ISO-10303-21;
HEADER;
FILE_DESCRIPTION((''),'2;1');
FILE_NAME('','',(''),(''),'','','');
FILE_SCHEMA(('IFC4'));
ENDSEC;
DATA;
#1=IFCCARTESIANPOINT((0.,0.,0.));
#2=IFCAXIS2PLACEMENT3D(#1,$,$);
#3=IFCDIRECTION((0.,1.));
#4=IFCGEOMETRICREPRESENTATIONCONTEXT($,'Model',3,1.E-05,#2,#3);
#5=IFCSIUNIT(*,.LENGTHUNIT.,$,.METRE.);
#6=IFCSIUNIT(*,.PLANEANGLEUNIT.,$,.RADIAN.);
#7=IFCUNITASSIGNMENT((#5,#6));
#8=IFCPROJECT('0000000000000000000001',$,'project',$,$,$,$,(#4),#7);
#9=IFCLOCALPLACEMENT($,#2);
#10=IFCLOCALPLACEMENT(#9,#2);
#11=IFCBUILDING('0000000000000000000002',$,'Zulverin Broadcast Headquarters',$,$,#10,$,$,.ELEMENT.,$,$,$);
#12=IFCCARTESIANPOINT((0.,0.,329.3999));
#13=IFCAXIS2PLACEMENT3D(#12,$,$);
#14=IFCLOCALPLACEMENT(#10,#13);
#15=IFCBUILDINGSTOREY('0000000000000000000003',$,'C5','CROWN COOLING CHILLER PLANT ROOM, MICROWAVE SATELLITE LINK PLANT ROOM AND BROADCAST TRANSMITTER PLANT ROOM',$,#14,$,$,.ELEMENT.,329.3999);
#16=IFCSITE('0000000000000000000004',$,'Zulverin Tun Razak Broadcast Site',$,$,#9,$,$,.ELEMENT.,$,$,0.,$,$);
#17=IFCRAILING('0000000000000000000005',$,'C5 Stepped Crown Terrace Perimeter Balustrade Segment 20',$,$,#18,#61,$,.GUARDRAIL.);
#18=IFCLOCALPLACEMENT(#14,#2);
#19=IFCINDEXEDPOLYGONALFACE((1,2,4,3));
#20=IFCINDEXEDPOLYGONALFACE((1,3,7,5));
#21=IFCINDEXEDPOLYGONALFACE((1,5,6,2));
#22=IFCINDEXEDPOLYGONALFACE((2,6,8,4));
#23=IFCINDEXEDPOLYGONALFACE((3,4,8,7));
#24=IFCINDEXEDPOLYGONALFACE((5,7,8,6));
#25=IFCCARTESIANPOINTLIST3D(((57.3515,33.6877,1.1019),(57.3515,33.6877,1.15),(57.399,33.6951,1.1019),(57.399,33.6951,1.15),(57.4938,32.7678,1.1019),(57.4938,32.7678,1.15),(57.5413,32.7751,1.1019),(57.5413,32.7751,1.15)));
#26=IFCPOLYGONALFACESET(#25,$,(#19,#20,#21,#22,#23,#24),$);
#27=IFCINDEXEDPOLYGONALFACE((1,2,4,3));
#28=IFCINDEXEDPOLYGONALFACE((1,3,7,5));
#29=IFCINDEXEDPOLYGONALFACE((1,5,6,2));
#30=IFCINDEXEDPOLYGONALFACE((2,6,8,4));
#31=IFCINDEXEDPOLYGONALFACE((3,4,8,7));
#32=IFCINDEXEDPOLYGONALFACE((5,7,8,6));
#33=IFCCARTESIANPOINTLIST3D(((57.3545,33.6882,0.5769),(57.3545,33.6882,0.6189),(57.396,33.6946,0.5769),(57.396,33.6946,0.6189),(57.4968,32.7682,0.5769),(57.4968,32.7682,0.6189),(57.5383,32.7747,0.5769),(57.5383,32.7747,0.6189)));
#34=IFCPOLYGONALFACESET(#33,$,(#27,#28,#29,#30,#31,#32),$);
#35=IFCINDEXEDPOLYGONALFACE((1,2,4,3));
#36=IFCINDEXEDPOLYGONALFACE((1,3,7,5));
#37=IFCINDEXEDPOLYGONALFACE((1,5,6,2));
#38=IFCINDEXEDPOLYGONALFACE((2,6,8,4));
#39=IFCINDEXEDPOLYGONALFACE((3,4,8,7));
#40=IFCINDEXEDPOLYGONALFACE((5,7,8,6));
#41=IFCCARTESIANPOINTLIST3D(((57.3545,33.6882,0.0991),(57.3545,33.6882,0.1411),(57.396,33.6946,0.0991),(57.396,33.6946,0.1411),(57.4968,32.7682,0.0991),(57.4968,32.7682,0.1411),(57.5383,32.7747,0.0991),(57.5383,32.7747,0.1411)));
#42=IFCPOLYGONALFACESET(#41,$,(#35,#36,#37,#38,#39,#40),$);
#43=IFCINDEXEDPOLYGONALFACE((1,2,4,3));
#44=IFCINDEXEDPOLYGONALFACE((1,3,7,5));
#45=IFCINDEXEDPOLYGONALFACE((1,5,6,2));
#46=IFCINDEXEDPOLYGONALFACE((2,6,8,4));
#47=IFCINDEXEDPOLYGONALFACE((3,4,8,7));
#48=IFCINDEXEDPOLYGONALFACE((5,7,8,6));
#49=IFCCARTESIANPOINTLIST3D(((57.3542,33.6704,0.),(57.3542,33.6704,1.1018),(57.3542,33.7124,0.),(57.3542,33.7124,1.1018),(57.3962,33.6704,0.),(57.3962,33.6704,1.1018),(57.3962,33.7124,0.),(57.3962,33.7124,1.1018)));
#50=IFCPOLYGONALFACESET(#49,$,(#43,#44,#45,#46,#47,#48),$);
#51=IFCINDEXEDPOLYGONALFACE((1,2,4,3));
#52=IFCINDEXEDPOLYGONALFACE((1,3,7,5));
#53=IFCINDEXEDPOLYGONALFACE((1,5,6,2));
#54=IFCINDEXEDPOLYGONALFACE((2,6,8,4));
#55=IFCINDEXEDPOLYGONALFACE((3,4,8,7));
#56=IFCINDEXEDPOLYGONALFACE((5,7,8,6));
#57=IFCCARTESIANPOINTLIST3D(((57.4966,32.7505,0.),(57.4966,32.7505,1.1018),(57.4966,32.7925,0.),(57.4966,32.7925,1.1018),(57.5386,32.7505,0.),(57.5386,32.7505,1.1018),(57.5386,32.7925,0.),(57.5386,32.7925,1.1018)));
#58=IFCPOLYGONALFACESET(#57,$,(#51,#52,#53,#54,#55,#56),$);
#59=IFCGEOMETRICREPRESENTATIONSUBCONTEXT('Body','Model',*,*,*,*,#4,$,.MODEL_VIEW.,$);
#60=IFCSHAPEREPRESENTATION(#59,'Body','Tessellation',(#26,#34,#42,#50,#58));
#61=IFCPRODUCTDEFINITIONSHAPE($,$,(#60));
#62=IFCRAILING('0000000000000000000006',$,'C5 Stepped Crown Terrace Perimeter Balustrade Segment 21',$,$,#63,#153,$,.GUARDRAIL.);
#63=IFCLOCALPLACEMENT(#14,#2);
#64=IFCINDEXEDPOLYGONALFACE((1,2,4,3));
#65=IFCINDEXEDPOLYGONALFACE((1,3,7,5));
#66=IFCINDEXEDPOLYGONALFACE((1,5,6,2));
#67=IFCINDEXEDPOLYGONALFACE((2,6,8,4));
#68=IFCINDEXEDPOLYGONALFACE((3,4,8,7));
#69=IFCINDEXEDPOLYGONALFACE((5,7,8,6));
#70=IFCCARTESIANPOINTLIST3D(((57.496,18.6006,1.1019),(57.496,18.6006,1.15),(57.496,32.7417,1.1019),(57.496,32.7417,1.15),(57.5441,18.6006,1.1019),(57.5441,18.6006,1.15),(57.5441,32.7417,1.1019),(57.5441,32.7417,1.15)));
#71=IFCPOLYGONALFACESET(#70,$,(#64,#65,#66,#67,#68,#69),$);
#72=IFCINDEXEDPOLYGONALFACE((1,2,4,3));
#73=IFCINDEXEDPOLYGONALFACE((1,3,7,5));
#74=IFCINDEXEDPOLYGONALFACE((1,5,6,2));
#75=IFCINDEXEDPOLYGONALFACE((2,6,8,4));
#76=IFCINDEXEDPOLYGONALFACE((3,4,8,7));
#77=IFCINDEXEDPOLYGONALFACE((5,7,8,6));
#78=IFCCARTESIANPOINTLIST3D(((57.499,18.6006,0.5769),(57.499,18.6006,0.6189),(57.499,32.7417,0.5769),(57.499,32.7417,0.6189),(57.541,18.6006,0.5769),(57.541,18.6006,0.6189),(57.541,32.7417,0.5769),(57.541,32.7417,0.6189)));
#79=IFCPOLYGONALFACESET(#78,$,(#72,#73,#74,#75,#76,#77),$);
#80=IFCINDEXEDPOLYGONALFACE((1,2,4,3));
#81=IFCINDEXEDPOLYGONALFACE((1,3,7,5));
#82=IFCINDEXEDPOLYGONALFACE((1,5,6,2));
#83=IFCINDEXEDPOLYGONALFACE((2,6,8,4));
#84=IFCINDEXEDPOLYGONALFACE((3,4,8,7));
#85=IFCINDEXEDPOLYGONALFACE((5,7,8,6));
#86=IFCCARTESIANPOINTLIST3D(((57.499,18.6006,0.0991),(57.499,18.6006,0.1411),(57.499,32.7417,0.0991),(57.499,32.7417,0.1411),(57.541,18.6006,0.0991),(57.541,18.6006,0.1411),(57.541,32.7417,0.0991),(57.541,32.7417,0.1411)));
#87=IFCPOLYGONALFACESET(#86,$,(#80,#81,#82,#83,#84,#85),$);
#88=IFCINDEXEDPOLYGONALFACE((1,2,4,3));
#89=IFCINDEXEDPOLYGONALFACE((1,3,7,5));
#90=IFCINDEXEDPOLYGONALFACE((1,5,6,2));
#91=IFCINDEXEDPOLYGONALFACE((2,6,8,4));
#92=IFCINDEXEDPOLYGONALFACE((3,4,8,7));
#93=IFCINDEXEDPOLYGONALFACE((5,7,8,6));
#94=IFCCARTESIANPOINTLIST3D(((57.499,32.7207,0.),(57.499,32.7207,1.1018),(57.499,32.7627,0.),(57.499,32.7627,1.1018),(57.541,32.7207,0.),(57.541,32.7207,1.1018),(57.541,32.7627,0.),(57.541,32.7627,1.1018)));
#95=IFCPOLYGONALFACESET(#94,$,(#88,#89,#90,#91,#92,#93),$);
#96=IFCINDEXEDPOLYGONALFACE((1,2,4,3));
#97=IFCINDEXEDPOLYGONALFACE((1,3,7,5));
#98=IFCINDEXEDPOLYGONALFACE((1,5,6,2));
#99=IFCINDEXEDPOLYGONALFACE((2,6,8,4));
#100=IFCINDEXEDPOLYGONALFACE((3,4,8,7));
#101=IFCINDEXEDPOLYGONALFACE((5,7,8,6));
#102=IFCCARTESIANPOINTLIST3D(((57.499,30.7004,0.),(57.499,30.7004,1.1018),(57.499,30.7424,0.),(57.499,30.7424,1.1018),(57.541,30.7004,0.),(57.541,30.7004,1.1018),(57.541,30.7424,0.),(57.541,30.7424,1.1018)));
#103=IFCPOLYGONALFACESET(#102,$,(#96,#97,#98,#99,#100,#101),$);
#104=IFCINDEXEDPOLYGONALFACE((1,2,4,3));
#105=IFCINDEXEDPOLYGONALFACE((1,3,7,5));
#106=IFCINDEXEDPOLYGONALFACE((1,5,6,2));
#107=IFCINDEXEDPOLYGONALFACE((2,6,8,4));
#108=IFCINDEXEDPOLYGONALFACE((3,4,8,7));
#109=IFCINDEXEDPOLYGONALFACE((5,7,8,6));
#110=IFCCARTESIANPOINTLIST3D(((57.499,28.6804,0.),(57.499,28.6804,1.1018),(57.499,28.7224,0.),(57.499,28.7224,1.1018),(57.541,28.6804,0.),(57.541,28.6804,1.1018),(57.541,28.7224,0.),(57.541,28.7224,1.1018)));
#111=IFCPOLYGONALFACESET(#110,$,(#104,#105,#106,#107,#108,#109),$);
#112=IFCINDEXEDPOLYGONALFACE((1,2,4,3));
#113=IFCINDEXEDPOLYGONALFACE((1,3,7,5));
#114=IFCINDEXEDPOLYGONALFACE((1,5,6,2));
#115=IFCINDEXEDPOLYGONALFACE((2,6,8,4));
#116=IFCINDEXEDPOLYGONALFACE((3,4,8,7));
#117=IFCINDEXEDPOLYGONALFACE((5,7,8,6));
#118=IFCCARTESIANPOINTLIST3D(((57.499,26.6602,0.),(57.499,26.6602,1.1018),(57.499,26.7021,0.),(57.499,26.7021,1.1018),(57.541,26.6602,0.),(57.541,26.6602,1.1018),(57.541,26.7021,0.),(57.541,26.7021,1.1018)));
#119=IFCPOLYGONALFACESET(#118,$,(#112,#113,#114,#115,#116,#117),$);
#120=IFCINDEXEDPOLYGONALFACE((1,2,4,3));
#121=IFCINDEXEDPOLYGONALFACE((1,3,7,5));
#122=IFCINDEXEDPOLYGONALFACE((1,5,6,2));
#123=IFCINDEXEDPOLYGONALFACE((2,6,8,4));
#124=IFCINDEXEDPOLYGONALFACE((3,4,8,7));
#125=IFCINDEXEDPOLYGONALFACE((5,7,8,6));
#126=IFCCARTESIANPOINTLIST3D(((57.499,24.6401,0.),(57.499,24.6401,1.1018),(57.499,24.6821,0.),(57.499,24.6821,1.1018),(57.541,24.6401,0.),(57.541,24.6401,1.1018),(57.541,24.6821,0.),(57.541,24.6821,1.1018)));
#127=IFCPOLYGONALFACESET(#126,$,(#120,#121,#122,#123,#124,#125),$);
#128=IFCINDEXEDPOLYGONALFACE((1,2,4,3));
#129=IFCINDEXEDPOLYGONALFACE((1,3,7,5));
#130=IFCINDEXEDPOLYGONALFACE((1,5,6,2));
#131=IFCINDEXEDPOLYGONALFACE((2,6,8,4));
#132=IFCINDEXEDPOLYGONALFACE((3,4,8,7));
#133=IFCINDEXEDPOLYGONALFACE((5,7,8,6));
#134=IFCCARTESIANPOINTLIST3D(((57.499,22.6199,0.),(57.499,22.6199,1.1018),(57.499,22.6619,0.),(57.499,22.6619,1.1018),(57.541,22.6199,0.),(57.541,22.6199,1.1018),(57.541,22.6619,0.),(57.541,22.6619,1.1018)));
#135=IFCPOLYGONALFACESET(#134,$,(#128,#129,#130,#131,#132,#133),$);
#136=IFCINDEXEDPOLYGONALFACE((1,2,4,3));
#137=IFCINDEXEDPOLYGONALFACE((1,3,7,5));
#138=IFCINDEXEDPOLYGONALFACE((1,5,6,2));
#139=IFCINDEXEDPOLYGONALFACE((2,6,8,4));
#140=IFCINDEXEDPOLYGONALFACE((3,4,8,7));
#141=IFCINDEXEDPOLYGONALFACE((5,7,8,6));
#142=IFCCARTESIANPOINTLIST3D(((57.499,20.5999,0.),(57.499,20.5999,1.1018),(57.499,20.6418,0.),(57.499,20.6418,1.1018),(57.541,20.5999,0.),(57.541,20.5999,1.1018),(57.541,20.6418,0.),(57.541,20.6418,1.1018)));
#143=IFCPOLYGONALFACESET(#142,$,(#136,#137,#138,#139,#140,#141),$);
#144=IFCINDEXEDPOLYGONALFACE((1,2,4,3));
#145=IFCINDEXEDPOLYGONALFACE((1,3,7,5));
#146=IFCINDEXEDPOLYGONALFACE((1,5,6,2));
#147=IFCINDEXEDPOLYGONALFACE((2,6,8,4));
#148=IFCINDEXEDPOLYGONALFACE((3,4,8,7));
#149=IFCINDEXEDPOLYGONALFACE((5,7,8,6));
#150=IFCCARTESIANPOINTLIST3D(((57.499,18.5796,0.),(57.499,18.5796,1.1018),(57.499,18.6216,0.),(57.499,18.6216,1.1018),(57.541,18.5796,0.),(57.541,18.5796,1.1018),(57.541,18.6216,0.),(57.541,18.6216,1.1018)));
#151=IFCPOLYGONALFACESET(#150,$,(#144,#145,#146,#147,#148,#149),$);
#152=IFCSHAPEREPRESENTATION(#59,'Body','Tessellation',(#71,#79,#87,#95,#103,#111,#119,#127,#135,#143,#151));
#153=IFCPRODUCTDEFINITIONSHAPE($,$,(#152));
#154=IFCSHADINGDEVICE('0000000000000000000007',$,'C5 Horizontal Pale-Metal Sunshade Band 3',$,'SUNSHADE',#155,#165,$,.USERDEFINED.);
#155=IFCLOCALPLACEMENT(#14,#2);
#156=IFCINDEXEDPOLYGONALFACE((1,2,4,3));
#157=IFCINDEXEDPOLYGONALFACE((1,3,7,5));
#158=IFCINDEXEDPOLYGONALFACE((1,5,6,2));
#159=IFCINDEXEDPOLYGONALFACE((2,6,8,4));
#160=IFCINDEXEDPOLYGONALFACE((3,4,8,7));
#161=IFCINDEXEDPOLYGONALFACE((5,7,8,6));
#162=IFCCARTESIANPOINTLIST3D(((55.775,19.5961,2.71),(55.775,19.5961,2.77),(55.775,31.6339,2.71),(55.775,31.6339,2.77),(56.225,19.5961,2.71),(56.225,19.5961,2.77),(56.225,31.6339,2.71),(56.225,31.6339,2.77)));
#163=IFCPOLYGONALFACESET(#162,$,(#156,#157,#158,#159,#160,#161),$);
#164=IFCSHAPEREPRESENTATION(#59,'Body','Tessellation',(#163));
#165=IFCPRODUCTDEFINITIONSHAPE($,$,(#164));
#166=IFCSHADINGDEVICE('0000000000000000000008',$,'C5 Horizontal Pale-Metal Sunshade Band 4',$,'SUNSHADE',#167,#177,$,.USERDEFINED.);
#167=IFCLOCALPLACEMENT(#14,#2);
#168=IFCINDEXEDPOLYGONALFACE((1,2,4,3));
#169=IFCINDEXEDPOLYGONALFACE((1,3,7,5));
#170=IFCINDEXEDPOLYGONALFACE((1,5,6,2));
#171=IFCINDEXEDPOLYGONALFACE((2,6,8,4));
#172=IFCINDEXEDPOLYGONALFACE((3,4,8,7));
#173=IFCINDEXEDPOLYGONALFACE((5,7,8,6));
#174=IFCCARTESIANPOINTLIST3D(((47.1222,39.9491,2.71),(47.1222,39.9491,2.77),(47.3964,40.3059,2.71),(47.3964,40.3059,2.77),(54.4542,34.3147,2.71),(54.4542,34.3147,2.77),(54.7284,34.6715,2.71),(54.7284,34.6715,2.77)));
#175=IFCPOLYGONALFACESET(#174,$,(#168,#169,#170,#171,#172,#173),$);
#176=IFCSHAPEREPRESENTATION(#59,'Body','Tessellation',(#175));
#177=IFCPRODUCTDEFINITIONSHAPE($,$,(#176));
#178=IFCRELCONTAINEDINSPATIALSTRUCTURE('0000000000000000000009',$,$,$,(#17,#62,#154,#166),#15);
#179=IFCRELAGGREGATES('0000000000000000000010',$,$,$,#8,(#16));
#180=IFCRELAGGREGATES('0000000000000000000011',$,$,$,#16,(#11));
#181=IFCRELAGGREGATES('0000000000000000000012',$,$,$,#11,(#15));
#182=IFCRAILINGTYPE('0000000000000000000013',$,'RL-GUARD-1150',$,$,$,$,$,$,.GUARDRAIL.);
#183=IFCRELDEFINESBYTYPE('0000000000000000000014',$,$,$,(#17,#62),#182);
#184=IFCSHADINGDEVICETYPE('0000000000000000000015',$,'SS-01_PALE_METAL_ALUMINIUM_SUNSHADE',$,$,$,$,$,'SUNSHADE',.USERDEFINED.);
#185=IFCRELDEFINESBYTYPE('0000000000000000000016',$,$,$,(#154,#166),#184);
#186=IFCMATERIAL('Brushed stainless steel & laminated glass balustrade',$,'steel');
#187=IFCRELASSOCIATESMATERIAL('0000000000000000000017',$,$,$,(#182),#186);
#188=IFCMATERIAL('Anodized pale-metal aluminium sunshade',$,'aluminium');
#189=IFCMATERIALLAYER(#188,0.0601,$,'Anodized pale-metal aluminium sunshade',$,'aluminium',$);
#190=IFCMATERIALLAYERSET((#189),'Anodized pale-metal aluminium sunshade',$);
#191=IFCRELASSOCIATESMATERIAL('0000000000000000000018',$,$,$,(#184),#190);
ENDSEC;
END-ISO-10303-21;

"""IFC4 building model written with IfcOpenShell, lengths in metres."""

from ifc_helpers import new_model, si_unit, direction, frame, origin, origin_2d, place, context, subcontext, project, spatial, rectangle, extrude, material, layer, layer_set, type_object, element, save


model = new_model("IFC4")

# Units and contexts
model_context = context("Model", 3, precision=1e-05, world=origin(), true_north=direction((0.0, 1.0)))
body_context = subcontext(model_context, "Body", "Model", "MODEL_VIEW")
ifc_project = project(units=[si_unit("LENGTHUNIT", "METRE"), si_unit("PLANEANGLEUNIT", "RADIAN")], contexts=[model_context])

# Site, building, storey
site_placement = place(None, origin())
site = spatial("IfcSite", under=ifc_project, at=site_placement, Name="Zulverin Tun Razak Broadcast Site", CompositionType="ELEMENT", RefElevation=0.0)
building_placement = place(site_placement, origin())
building = spatial("IfcBuilding", under=site, at=building_placement, Name="Zulverin Broadcast Headquarters", CompositionType="ELEMENT")
storey_placement = place(building_placement, frame((0.0, 0.0, 329.3999)))
storey = spatial("IfcBuildingStorey", under=building, at=storey_placement, Name="C5", Description="CROWN COOLING CHILLER PLANT ROOM, MICROWAVE SATELLITE LINK PLANT ROOM AND BROADCAST TRANSMITTER PLANT ROOM", CompositionType="ELEMENT", Elevation=329.3999)

# Railings
ifc_material_1 = material(Name="Brushed stainless steel & laminated glass balustrade", Category="steel")
railing_type = type_object("IfcRailingType", Name="RL-GUARD-1150", PredefinedType="GUARDRAIL", material=ifc_material_1)
railing_1_placement = place(storey_placement, frame((57.3752, 33.6914, 0.0)))
element("IfcRailing", 1, at=railing_1_placement, inside=storey, type_object=railing_type, Name="C5 Stepped Crown Terrace Perimeter Balustrade Segment 20", PredefinedType="GUARDRAIL", context=body_context, shape_type="SweptSolid", body=[
    extrude(rectangle(XDim=0.0481, YDim=0.0481, at=origin_2d()), frame((0.0, 0.0, 1.126), z_axis=(0.152905, -0.988241, 0.0), x_axis=(0.988241, 0.152905, 0.0)), (0.0, 0.0, 1.0), 0.9309),
    extrude(rectangle(XDim=0.042, YDim=0.042, at=origin_2d()), frame((0.0, 0.0, 0.5979), z_axis=(0.152905, -0.988241, 0.0), x_axis=(0.988241, 0.152905, 0.0)), (0.0, 0.0, 1.0), 0.9309),
    extrude(rectangle(XDim=0.042, YDim=0.042, at=origin_2d()), frame((0.0, 0.0, 0.1201), z_axis=(0.152905, -0.988241, 0.0), x_axis=(0.988241, 0.152905, 0.0)), (0.0, 0.0, 1.0), 0.9309),
    extrude(rectangle(XDim=0.042, YDim=0.042, at=origin_2d()), origin(), (0.0, 0.0, 1.0), 1.1018),
    extrude(rectangle(XDim=0.042, YDim=0.042, at=origin_2d()), frame((0.1423, -0.9199, 0.0)), (0.0, 0.0, 1.0), 1.1018),
])
railing_2_placement = place(storey_placement, frame((57.52, 32.7417, 0.0)))
element("IfcRailing", 2, at=railing_2_placement, inside=storey, type_object=railing_type, Name="C5 Stepped Crown Terrace Perimeter Balustrade Segment 21", PredefinedType="GUARDRAIL", context=body_context, shape_type="SweptSolid", body=[
    extrude(rectangle(XDim=0.0481, YDim=0.0481, at=origin_2d()), frame((0.0, 0.0, 1.126), z_axis=(0.0, -1.0, 0.0), x_axis=(1.0, 0.0, 0.0)), (0.0, 0.0, 1.0), 14.1411),
    extrude(rectangle(XDim=0.042, YDim=0.042, at=origin_2d()), frame((0.0, 0.0, 0.5979), z_axis=(0.0, -1.0, 0.0), x_axis=(1.0, 0.0, 0.0)), (0.0, 0.0, 1.0), 14.1411),
    extrude(rectangle(XDim=0.042, YDim=0.042, at=origin_2d()), frame((0.0, 0.0, 0.1201), z_axis=(0.0, -1.0, 0.0), x_axis=(1.0, 0.0, 0.0)), (0.0, 0.0, 1.0), 14.1411),
    extrude(rectangle(XDim=0.042, YDim=0.042, at=origin_2d()), origin(), (0.0, 0.0, 1.0), 1.1018),
    extrude(rectangle(XDim=0.042, YDim=0.042, at=origin_2d()), frame((0.0, -2.0203, 0.0)), (0.0, 0.0, 1.0), 1.1018),
    extrude(rectangle(XDim=0.042, YDim=0.042, at=origin_2d()), frame((0.0, -4.0403, 0.0)), (0.0, 0.0, 1.0), 1.1018),
    extrude(rectangle(XDim=0.042, YDim=0.042, at=origin_2d()), frame((0.0, -6.0605, 0.0)), (0.0, 0.0, 1.0), 1.1018),
    extrude(rectangle(XDim=0.042, YDim=0.042, at=origin_2d()), frame((0.0, -8.0806, 0.0)), (0.0, 0.0, 1.0), 1.1018),
    extrude(rectangle(XDim=0.042, YDim=0.042, at=origin_2d()), frame((0.0, -10.1008, 0.0)), (0.0, 0.0, 1.0), 1.1018),
    extrude(rectangle(XDim=0.042, YDim=0.042, at=origin_2d()), frame((0.0, -12.1208, 0.0)), (0.0, 0.0, 1.0), 1.1018),
    extrude(rectangle(XDim=0.042, YDim=0.042, at=origin_2d()), frame((0.0, -14.1411, 0.0)), (0.0, 0.0, 1.0), 1.1018),
])

# Shading devices
ifc_material_2 = material(Name="Anodized pale-metal aluminium sunshade", Category="aluminium")
ifc_layer_1 = layer(ifc_material_2, 0.0601, Name="Anodized pale-metal aluminium sunshade", Category="aluminium")
ifc_layer_set_1 = layer_set([ifc_layer_1], Name="Anodized pale-metal aluminium sunshade")
shading_device_type = type_object("IfcShadingDeviceType", Name="SS-01_PALE_METAL_ALUMINIUM_SUNSHADE", ElementType="SUNSHADE", PredefinedType="USERDEFINED", material=ifc_layer_set_1)
shading_device_1_placement = place(storey_placement, frame((56.0, 25.615, 2.71), z_axis=(0.0, 0.0, 1.0), x_axis=(0.0, 1.0, 0.0)))
element("IfcShadingDevice", 3, at=shading_device_1_placement, inside=storey, type_object=shading_device_type, Name="C5 Horizontal Pale-Metal Sunshade Band 3", ObjectType="SUNSHADE", PredefinedType="USERDEFINED", context=body_context, shape_type="SweptSolid", body=[
    extrude(rectangle(XDim=12.0378, YDim=0.45, at=origin_2d()), origin(), (0.0, 0.0, 1.0), 0.0601),
])
shading_device_2_placement = place(storey_placement, frame((50.9253, 37.3103, 2.71), z_axis=(0.0, 0.0, 1.0), x_axis=(-0.792915, 0.609332, 0.0)))
element("IfcShadingDevice", 4, at=shading_device_2_placement, inside=storey, type_object=shading_device_type, Name="C5 Horizontal Pale-Metal Sunshade Band 4", ObjectType="SUNSHADE", PredefinedType="USERDEFINED", context=body_context, shape_type="SweptSolid", body=[
    extrude(rectangle(XDim=9.2468, YDim=0.45, at=origin_2d()), origin(), (0.0, 0.0, 1.0), 0.0601),
])

save(model, "model.ifc")
